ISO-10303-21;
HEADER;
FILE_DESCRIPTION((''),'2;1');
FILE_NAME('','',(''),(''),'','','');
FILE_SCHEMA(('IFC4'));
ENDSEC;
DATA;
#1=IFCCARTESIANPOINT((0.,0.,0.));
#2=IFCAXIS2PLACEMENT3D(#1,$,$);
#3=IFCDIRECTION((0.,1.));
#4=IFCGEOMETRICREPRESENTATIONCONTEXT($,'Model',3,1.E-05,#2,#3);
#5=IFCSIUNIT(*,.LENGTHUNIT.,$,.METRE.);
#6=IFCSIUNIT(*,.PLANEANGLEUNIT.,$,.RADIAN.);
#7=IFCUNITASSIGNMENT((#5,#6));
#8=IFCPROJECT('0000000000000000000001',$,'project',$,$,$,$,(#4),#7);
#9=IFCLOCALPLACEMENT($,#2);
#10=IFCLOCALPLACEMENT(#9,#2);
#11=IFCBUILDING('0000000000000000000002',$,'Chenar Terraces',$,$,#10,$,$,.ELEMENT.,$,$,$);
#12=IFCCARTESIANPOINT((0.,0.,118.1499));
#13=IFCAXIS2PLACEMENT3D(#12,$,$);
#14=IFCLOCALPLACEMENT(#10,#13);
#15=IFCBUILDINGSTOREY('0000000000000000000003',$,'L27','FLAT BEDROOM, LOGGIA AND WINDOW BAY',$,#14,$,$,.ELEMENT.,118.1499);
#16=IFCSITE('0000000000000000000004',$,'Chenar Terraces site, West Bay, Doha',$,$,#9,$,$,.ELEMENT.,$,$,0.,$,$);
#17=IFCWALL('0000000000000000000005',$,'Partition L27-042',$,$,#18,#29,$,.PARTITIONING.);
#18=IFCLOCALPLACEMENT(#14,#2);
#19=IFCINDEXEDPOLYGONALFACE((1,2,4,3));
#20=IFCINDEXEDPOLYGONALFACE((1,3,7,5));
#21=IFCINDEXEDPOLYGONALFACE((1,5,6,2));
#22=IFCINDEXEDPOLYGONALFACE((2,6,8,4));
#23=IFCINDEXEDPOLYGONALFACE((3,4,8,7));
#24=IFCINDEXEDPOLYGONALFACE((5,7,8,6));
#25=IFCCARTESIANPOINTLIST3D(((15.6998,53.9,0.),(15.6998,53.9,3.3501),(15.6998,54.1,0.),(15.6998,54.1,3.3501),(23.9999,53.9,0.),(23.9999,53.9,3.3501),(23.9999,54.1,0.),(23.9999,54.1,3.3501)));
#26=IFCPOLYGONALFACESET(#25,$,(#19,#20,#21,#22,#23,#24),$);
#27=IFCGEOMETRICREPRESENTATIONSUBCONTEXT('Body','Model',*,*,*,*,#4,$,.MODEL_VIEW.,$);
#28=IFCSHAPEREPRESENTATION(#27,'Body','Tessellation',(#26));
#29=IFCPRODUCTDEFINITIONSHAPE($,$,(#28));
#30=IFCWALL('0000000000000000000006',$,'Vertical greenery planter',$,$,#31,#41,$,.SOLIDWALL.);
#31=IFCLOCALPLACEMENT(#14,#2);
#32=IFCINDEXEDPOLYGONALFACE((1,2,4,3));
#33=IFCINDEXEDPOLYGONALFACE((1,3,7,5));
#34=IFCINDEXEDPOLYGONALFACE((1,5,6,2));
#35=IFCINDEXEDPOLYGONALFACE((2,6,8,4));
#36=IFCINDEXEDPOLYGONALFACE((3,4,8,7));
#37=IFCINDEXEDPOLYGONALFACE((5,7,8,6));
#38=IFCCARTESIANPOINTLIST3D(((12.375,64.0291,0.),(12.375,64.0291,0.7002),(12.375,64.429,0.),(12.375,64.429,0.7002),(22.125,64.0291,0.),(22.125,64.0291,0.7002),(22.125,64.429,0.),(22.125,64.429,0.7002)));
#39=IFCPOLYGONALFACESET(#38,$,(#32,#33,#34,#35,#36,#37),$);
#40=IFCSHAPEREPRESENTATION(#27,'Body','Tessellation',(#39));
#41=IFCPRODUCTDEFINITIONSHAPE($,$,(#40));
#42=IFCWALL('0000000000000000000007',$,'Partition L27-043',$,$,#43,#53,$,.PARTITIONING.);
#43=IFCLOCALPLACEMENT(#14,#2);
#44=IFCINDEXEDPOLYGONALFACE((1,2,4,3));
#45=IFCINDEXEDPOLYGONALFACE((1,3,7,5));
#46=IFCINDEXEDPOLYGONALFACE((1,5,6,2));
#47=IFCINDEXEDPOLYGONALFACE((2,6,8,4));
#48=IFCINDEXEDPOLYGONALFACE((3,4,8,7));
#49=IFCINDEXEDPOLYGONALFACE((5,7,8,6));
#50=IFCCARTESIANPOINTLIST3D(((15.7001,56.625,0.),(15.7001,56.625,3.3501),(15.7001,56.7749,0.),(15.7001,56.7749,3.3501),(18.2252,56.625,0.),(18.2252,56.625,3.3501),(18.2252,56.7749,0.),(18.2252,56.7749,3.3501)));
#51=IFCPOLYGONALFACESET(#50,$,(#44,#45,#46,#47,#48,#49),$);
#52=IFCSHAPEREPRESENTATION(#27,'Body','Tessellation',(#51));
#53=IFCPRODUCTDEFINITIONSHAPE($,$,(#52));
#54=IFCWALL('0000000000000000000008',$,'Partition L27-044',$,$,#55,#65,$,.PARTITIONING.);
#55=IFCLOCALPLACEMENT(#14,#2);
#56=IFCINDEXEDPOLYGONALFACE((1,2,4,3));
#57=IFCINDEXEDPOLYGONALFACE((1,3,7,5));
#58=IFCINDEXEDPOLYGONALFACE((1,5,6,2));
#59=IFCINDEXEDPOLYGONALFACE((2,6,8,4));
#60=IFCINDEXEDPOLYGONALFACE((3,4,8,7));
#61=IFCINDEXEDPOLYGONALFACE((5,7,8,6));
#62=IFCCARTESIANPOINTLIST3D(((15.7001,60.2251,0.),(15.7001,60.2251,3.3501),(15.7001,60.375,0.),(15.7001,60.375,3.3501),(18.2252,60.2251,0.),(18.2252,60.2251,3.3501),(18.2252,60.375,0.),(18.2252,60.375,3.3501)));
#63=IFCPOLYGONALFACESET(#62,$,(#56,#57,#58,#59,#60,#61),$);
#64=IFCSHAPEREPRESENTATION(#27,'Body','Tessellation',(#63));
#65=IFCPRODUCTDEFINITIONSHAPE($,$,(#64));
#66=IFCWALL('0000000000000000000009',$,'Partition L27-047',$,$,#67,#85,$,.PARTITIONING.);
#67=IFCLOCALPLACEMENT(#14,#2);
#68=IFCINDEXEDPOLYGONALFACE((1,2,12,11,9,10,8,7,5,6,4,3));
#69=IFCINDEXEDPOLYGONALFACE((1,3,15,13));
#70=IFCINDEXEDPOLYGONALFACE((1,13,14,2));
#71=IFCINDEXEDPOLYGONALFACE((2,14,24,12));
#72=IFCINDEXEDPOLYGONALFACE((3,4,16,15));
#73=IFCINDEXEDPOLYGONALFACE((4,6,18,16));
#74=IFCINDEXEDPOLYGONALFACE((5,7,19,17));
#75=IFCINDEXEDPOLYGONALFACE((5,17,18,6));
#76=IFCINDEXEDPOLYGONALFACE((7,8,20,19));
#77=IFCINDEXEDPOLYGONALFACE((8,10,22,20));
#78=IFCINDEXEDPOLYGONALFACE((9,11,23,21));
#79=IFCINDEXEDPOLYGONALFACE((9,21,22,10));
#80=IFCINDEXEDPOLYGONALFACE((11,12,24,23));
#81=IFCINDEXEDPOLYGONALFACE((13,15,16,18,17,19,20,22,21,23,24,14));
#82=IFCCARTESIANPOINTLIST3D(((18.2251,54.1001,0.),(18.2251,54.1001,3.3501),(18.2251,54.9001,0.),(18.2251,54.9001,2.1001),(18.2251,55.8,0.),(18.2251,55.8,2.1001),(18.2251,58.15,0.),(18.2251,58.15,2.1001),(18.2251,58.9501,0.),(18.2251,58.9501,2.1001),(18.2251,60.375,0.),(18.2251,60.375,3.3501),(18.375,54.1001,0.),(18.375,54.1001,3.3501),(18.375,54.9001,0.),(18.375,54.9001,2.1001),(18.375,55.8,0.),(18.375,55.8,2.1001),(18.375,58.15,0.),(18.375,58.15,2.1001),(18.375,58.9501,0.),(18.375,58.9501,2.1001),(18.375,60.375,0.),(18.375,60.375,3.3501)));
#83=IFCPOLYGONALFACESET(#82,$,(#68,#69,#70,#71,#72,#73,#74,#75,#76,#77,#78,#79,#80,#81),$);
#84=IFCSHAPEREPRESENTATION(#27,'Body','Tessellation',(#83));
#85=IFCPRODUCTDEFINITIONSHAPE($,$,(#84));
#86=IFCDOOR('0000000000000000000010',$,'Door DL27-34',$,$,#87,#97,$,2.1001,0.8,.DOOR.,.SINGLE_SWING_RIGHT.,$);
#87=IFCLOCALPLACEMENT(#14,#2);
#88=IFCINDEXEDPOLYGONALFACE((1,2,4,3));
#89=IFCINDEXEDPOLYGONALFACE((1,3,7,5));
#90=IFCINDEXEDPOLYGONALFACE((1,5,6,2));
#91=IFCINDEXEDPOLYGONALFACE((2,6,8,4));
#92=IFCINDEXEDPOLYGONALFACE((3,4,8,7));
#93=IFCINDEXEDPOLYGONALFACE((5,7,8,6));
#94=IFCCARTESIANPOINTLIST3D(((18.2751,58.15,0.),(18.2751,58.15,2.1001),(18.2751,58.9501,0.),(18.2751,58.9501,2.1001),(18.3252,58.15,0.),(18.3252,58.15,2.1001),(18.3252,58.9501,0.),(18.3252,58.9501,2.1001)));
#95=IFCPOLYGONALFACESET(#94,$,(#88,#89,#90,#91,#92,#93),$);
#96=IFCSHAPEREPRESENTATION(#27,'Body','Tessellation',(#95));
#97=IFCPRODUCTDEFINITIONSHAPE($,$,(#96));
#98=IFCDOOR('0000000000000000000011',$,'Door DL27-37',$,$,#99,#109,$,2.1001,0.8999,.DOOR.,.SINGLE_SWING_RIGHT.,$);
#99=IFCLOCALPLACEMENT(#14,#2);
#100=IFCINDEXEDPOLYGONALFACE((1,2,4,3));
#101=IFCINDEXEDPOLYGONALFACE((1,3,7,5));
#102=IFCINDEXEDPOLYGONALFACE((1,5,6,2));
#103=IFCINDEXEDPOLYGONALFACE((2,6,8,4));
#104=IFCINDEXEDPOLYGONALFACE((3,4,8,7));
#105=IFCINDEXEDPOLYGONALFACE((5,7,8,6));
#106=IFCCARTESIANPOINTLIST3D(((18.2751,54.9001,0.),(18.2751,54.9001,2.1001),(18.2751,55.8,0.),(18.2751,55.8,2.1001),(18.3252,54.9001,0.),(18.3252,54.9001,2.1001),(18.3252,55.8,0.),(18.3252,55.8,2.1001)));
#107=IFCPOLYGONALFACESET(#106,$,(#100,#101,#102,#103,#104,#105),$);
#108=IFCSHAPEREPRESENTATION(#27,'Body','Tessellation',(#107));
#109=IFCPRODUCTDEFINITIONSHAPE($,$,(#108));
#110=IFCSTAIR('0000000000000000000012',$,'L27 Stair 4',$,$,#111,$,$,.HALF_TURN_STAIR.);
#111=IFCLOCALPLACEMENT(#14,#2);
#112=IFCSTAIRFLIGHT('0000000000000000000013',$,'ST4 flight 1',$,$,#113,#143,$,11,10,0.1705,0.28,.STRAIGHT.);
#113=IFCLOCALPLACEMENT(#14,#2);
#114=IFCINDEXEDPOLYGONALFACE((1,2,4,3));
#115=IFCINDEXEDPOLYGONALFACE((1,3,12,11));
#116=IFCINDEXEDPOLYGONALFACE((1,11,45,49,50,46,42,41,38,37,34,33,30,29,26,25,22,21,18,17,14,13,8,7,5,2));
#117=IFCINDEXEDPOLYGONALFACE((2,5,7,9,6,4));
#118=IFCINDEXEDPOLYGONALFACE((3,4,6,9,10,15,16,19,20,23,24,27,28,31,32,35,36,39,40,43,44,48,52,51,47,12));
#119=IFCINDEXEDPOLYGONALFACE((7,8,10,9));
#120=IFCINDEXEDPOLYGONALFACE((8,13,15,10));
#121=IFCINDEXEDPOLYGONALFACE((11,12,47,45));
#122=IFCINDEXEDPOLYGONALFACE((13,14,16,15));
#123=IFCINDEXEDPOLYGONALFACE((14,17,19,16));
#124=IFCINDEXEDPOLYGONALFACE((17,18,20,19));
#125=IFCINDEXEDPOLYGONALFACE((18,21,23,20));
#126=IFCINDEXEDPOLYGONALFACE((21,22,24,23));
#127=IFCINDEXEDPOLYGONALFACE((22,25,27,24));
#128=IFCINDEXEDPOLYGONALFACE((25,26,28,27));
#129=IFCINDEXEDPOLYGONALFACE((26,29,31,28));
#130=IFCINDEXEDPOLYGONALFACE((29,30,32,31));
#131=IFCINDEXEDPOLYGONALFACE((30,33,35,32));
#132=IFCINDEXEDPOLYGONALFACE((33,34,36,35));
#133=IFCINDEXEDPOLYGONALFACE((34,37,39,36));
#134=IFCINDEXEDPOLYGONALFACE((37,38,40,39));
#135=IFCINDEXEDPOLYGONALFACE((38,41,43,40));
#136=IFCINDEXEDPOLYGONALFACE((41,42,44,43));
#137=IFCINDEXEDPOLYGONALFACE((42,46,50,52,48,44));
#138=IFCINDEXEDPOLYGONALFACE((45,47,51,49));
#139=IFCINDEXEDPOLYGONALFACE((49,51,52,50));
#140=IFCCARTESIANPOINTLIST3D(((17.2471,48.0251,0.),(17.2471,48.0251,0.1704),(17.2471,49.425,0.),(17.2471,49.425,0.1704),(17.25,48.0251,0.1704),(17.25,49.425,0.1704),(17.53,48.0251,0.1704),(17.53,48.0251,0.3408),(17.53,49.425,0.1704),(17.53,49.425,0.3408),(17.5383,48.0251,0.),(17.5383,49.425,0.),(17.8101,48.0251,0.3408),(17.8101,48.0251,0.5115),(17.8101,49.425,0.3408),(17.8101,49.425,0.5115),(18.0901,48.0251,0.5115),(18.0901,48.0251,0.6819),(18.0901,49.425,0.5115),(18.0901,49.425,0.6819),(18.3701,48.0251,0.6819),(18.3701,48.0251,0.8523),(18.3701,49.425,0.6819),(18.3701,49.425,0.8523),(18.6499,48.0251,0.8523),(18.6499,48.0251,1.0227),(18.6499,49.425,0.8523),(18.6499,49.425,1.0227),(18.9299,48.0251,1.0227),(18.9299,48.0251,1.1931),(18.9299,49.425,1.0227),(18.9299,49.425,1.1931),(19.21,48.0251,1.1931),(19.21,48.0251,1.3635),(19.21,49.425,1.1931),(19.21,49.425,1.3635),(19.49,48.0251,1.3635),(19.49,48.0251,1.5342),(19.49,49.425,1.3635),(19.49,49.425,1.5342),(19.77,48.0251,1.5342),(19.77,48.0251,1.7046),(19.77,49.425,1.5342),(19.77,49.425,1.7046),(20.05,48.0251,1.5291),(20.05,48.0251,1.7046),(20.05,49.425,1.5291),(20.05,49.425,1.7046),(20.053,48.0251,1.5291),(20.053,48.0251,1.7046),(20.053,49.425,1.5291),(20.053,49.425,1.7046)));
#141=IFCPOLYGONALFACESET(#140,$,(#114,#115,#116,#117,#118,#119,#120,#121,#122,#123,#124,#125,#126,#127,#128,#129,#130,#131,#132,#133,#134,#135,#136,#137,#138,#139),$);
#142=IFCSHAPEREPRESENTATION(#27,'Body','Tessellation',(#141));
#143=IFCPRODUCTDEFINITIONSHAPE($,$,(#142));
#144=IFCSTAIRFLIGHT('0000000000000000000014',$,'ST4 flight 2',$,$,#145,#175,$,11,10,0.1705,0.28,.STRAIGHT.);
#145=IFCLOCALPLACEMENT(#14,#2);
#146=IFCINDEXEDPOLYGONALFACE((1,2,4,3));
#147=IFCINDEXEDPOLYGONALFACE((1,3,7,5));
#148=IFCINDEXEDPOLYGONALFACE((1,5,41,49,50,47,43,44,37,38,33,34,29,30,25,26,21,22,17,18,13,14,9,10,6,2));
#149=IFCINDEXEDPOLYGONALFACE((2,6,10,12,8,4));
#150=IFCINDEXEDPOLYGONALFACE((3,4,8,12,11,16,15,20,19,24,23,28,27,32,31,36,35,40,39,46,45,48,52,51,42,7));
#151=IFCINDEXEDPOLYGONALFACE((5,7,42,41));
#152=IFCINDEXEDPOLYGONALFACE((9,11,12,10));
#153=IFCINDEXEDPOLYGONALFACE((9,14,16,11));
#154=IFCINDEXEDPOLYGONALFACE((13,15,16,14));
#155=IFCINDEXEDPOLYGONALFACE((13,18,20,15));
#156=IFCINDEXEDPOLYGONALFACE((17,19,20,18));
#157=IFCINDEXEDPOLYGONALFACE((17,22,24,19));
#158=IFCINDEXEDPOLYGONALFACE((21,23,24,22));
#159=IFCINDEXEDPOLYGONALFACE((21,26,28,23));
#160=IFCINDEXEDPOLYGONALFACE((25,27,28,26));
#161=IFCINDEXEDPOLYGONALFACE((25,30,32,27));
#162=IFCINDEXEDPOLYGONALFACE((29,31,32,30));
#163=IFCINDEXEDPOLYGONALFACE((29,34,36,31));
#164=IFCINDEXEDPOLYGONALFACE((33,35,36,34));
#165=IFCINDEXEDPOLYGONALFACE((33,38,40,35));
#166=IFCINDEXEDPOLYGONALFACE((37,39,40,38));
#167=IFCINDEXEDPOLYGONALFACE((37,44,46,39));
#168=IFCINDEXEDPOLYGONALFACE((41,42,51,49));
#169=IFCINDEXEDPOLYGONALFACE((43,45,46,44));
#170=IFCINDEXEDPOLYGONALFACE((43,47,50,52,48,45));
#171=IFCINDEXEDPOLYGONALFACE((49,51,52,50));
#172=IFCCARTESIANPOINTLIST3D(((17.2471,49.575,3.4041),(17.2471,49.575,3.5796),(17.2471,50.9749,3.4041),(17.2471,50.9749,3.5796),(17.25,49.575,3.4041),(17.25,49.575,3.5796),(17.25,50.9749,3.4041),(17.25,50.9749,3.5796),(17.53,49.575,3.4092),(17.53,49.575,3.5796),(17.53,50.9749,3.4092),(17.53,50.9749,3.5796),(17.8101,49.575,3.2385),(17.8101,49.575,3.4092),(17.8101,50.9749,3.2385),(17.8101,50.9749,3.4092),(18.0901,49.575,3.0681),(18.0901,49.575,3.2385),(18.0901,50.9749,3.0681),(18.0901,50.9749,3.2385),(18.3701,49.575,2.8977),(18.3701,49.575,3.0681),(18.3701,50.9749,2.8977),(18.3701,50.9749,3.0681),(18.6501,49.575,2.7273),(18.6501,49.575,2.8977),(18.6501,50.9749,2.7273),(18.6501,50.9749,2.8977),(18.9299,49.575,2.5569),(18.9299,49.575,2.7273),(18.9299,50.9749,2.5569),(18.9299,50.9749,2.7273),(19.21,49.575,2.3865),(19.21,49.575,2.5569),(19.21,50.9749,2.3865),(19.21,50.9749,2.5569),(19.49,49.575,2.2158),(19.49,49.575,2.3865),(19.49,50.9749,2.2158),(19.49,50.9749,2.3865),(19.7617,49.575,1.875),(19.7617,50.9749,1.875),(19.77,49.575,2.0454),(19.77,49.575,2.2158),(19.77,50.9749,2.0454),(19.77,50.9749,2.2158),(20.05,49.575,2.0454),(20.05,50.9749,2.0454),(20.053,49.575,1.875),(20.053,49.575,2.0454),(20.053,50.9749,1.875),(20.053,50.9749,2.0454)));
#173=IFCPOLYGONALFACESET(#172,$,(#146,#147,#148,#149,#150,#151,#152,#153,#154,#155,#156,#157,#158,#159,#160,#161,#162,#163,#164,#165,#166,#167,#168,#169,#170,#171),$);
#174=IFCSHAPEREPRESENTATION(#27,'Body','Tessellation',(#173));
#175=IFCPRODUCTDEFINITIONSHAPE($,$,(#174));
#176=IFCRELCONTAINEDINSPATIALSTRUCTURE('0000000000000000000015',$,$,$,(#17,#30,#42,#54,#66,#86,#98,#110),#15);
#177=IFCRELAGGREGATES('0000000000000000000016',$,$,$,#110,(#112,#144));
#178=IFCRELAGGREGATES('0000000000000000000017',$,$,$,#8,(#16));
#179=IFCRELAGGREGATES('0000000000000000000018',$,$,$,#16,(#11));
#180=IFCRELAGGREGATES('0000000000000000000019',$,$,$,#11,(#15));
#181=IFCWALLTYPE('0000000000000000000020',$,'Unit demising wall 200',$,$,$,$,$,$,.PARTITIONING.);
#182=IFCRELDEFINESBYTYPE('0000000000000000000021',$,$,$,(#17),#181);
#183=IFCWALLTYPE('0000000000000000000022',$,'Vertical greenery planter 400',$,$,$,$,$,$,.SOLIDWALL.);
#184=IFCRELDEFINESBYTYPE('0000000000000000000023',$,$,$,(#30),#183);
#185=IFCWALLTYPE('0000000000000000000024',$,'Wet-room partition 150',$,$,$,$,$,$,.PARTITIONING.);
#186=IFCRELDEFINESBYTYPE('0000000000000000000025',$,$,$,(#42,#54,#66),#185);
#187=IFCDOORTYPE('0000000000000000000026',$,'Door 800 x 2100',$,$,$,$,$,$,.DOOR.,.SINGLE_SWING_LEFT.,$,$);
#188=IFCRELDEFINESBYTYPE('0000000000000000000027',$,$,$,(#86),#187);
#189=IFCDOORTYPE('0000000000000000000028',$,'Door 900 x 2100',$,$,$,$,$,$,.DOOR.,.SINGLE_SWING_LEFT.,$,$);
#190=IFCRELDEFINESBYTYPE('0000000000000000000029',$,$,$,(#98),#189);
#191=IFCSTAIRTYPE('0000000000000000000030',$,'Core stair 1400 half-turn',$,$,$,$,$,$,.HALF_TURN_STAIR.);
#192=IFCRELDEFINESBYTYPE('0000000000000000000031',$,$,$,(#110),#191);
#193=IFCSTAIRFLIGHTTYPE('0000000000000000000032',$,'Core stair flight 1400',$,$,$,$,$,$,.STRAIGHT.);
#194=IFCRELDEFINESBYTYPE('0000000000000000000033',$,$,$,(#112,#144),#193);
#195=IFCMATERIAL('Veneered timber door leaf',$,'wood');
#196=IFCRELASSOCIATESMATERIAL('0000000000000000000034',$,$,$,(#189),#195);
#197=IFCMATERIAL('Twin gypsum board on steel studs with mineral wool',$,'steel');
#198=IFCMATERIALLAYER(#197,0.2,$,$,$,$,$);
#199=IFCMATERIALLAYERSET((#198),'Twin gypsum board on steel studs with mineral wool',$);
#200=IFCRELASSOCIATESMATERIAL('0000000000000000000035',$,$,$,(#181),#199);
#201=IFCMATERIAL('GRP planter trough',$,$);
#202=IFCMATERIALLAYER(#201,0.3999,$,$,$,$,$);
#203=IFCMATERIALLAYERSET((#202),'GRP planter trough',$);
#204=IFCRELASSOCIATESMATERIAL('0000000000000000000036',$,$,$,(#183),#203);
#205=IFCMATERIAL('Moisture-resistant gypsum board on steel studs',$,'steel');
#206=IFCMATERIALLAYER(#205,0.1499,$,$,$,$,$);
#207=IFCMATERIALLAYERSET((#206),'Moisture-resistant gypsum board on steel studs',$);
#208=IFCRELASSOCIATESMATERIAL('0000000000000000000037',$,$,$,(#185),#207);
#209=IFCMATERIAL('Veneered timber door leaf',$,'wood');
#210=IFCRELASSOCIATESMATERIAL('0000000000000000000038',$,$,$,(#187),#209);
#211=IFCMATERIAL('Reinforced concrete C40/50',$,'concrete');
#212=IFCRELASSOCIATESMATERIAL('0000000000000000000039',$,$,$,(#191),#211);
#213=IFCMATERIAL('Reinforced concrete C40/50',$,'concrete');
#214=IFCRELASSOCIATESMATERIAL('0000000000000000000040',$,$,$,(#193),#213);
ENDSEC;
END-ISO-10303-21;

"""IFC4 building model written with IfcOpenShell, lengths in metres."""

from ifc_helpers import new_model, si_unit, direction, frame, frame_2d, origin, place, context, subcontext, project, spatial, polyline, rectangle, outline, extrude, material, layer, layer_set, type_object, element, fill, aggregate, save


model = new_model("IFC4")

# Units and contexts
model_context = context("Model", 3, precision=1e-05, world=origin(), true_north=direction((0.0, 1.0)))
body_context = subcontext(model_context, "Body", "Model", "MODEL_VIEW")
ifc_project = project(units=[si_unit("LENGTHUNIT", "METRE"), si_unit("PLANEANGLEUNIT", "RADIAN")], contexts=[model_context])

# Site, building, storey
site_placement = place(None, origin())
site = spatial("IfcSite", under=ifc_project, at=site_placement, Name="Chenar Terraces site, West Bay, Doha", CompositionType="ELEMENT", RefElevation=0.0)
building_placement = place(site_placement, origin())
building = spatial("IfcBuilding", under=site, at=building_placement, Name="Chenar Terraces", CompositionType="ELEMENT")
storey_placement = place(building_placement, frame((0.0, 0.0, 118.1499)))
storey = spatial("IfcBuildingStorey", under=building, at=storey_placement, Name="L27", Description="FLAT BEDROOM, LOGGIA AND WINDOW BAY", CompositionType="ELEMENT", Elevation=118.1499)

# Shared definitions
ifc_material_1 = material(Name="Veneered timber door leaf", Category="wood")
door_type_1 = type_object("IfcDoorType", Name="Door 900 x 2100", OperationType="SINGLE_SWING_LEFT", PredefinedType="DOOR", material=ifc_material_1)

# Walls
ifc_material_2 = material(Name="Twin gypsum board on steel studs with mineral wool", Category="steel")
ifc_layer_1 = layer(ifc_material_2, 0.2)
ifc_layer_set_1 = layer_set([ifc_layer_1], Name="Twin gypsum board on steel studs with mineral wool")
wall_type_1 = type_object("IfcWallType", Name="Unit demising wall 200", PredefinedType="PARTITIONING", material=ifc_layer_set_1)
wall_1_placement = place(storey_placement, frame((15.7, 54.0, 0.0), z_axis=(0.0, 0.0, 1.0), x_axis=(1.0, 0.0, 0.0)))
element("IfcWall", 1, at=wall_1_placement, inside=storey, type_object=wall_type_1, Name="Partition L27-042", PredefinedType="PARTITIONING", context=body_context, shape_type="SweptSolid", body=[
    extrude(rectangle(XDim=8.3, YDim=0.2, at=frame_2d((4.1499, 0.0))), origin(), (0.0, 0.0, 1.0), 3.3501),
])
ifc_material_3 = material(Name="GRP planter trough")
ifc_layer_2 = layer(ifc_material_3, 0.3999)
ifc_layer_set_2 = layer_set([ifc_layer_2], Name="GRP planter trough")
wall_type_2 = type_object("IfcWallType", Name="Vertical greenery planter 400", PredefinedType="SOLIDWALL", material=ifc_layer_set_2)
wall_2_placement = place(storey_placement, frame((22.125, 64.229, 0.0), z_axis=(0.0, 0.0, 1.0), x_axis=(-1.0, 0.0, 0.0)))
element("IfcWall", 2, at=wall_2_placement, inside=storey, type_object=wall_type_2, Name="Vertical greenery planter", PredefinedType="SOLIDWALL", context=body_context, shape_type="SweptSolid", body=[
    extrude(rectangle(XDim=9.75, YDim=0.3999, at=frame_2d((4.875, 0.0))), origin(), (0.0, 0.0, 1.0), 0.7002),
])
ifc_material_4 = material(Name="Moisture-resistant gypsum board on steel studs", Category="steel")
ifc_layer_3 = layer(ifc_material_4, 0.1499)
ifc_layer_set_3 = layer_set([ifc_layer_3], Name="Moisture-resistant gypsum board on steel studs")
wall_type_3 = type_object("IfcWallType", Name="Wet-room partition 150", PredefinedType="PARTITIONING", material=ifc_layer_set_3)
for number, where, z_axis, x_axis, name in (
    (3, (15.7, 56.7, 0.0), (0.0, 0.0, 1.0), (1.0, 0.0, 0.0), "Partition L27-043"),
    (4, (15.7, 60.3, 0.0), (0.0, 0.0, 1.0), (1.0, 0.0, 0.0), "Partition L27-044"),
):
    element("IfcWall", number, at=place(storey_placement, frame(where, z_axis=z_axis, x_axis=x_axis)), inside=storey, type_object=wall_type_3, Name=name, PredefinedType="PARTITIONING", context=body_context, shape_type="SweptSolid", body=[
        extrude(rectangle(XDim=2.5251, YDim=0.1499, at=frame_2d((1.2627, 0.0))), origin(), (0.0, 0.0, 1.0), 3.3501),
    ])

# Wall, openings, doors
wall_3_placement = place(storey_placement, frame((18.3, 54.1001, 0.0), z_axis=(0.0, 0.0, 1.0), x_axis=(0.0, 1.0, 0.0)))
wall_3 = element("IfcWall", 5, at=wall_3_placement, inside=storey, type_object=wall_type_3, Name="Partition L27-047", PredefinedType="PARTITIONING", context=body_context, shape_type="SweptSolid", body=[
    extrude(rectangle(XDim=6.2749, YDim=0.1499, at=frame_2d((3.1375, 0.0))), origin(), (0.0, 0.0, 1.0), 3.3501),
])
opening_1_placement = place(wall_3_placement, frame((4.05, 0.0, 0.0)))
opening_1 = element("IfcOpeningElement", 6, at=opening_1_placement, cuts=wall_3, PredefinedType="OPENING", context=body_context, shape_type="SweptSolid", body=[
    extrude(rectangle(XDim=0.8, YDim=2.1001, at=frame_2d((0.3999, 1.05))), frame((0.0, 0.085, 0.0), z_axis=(0.0, -1.0, 0.0), x_axis=(1.0, 0.0, 0.0)), (0.0, 0.0, 1.0), 0.1699),
])
opening_2_placement = place(wall_3_placement, frame((0.8, 0.0, 0.0)))
opening_2 = element("IfcOpeningElement", 7, at=opening_2_placement, cuts=wall_3, PredefinedType="OPENING", context=body_context, shape_type="SweptSolid", body=[
    extrude(rectangle(XDim=0.8999, YDim=2.1001, at=frame_2d((0.45, 1.05))), frame((0.0, 0.085, 0.0), z_axis=(0.0, -1.0, 0.0), x_axis=(1.0, 0.0, 0.0)), (0.0, 0.0, 1.0), 0.1699),
])
ifc_material_5 = material(Name="Veneered timber door leaf", Category="wood")
door_type_2 = type_object("IfcDoorType", Name="Door 800 x 2100", OperationType="SINGLE_SWING_LEFT", PredefinedType="DOOR", material=ifc_material_5)
door_1_placement = place(opening_1_placement, origin())
door_1 = element("IfcDoor", 8, at=door_1_placement, inside=storey, type_object=door_type_2, Name="Door DL27-34", OperationType="SINGLE_SWING_RIGHT", OverallHeight=2.1001, OverallWidth=0.8, PredefinedType="DOOR", context=body_context, shape_type="SweptSolid", body=[
    extrude(rectangle(XDim=0.8, YDim=2.1001, at=frame_2d((0.3999, 1.05))), frame((0.0, 0.0249, 0.0), z_axis=(0.0, -1.0, 0.0), x_axis=(1.0, 0.0, 0.0)), (0.0, 0.0, 1.0), 0.05),
])
fill(opening_1, door_1)
door_2_placement = place(opening_2_placement, origin())
door_2 = element("IfcDoor", 9, at=door_2_placement, inside=storey, type_object=door_type_1, Name="Door DL27-37", OperationType="SINGLE_SWING_RIGHT", OverallHeight=2.1001, OverallWidth=0.8999, PredefinedType="DOOR", context=body_context, shape_type="SweptSolid", body=[
    extrude(rectangle(XDim=0.8999, YDim=2.1001, at=frame_2d((0.45, 1.05))), frame((0.0, 0.0249, 0.0), z_axis=(0.0, -1.0, 0.0), x_axis=(1.0, 0.0, 0.0)), (0.0, 0.0, 1.0), 0.05),
])
fill(opening_2, door_2)

# Stair, stair flights
ifc_material_6 = material(Name="Reinforced concrete C40/50", Category="concrete")
stair_type = type_object("IfcStairType", Name="Core stair 1400 half-turn", PredefinedType="HALF_TURN_STAIR", material=ifc_material_6)
stair_placement = place(storey_placement, origin())
stair = element("IfcStair", 10, at=stair_placement, inside=storey, type_object=stair_type, Name="L27 Stair 4", PredefinedType="HALF_TURN_STAIR")
ifc_material_7 = material(Name="Reinforced concrete C40/50", Category="concrete")
stair_flight_type = type_object("IfcStairFlightType", Name="Core stair flight 1400", PredefinedType="STRAIGHT", material=ifc_material_7)
stair_flight_1_placement = place(storey_placement, frame((17.25, 48.7251, 0.0), z_axis=(0.0, 0.0, 1.0), x_axis=(1.0, 0.0, 0.0)))
stair_flight_1 = element("IfcStairFlight", 11, at=stair_flight_1_placement, type_object=stair_flight_type, Name="ST4 flight 1", NumberOfRisers=11, NumberOfTreads=10, PredefinedType="STRAIGHT", RiserHeight=0.1705, TreadLength=0.28, context=body_context, shape_type="SweptSolid", body=[
    extrude(outline(polyline([(-0.0029, 0.0), (-0.0029, 0.1704), (0.0, 0.1704), (0.28, 0.1704), (0.28, 0.3408), (0.5601, 0.3408), (0.5601, 0.5115), (0.8401, 0.5115), (0.8401, 0.6819), (1.1201, 0.6819), (1.1201, 0.8523), (1.3999, 0.8523), (1.3999, 1.0227), (1.6799, 1.0227), (1.6799, 1.1931), (1.96, 1.1931), (1.96, 1.3635), (2.24, 1.3635), (2.24, 1.5342), (2.52, 1.5342), (2.52, 1.7046), (2.8, 1.7046), (2.803, 1.7046), (2.803, 1.5291), (2.8, 1.5291), (0.2883, 0.0), (-0.0029, 0.0)])), frame((0.0, 0.7, 0.0), z_axis=(0.0, -1.0, 0.0), x_axis=(1.0, 0.0, 0.0)), (0.0, 0.0, 1.0), 1.3999),
])
stair_flight_2_placement = place(storey_placement, frame((20.05, 50.2749, 1.875), z_axis=(0.0, 0.0, 1.0), x_axis=(-1.0, 0.0, 0.0)))
stair_flight_2 = element("IfcStairFlight", 12, at=stair_flight_2_placement, type_object=stair_flight_type, Name="ST4 flight 2", NumberOfRisers=11, NumberOfTreads=10, PredefinedType="STRAIGHT", RiserHeight=0.1705, TreadLength=0.28, context=body_context, shape_type="SweptSolid", body=[
    extrude(outline(polyline([(-0.0029, 0.0), (-0.0029, 0.1704), (0.0, 0.1704), (0.28, 0.1704), (0.28, 0.3408), (0.5601, 0.3408), (0.5601, 0.5115), (0.8401, 0.5115), (0.8401, 0.6819), (1.1201, 0.6819), (1.1201, 0.8523), (1.3999, 0.8523), (1.3999, 1.0227), (1.6799, 1.0227), (1.6799, 1.1931), (1.96, 1.1931), (1.96, 1.3635), (2.24, 1.3635), (2.24, 1.5342), (2.52, 1.5342), (2.52, 1.7046), (2.8, 1.7046), (2.803, 1.7046), (2.803, 1.5291), (2.8, 1.5291), (0.2883, 0.0), (-0.0029, 0.0)])), frame((0.0, 0.7, 0.0), z_axis=(0.0, -1.0, 0.0), x_axis=(1.0, 0.0, 0.0)), (0.0, 0.0, 1.0), 1.3999),
])
aggregate(stair, [stair_flight_1, stair_flight_2])

save(model, "model.ifc")
